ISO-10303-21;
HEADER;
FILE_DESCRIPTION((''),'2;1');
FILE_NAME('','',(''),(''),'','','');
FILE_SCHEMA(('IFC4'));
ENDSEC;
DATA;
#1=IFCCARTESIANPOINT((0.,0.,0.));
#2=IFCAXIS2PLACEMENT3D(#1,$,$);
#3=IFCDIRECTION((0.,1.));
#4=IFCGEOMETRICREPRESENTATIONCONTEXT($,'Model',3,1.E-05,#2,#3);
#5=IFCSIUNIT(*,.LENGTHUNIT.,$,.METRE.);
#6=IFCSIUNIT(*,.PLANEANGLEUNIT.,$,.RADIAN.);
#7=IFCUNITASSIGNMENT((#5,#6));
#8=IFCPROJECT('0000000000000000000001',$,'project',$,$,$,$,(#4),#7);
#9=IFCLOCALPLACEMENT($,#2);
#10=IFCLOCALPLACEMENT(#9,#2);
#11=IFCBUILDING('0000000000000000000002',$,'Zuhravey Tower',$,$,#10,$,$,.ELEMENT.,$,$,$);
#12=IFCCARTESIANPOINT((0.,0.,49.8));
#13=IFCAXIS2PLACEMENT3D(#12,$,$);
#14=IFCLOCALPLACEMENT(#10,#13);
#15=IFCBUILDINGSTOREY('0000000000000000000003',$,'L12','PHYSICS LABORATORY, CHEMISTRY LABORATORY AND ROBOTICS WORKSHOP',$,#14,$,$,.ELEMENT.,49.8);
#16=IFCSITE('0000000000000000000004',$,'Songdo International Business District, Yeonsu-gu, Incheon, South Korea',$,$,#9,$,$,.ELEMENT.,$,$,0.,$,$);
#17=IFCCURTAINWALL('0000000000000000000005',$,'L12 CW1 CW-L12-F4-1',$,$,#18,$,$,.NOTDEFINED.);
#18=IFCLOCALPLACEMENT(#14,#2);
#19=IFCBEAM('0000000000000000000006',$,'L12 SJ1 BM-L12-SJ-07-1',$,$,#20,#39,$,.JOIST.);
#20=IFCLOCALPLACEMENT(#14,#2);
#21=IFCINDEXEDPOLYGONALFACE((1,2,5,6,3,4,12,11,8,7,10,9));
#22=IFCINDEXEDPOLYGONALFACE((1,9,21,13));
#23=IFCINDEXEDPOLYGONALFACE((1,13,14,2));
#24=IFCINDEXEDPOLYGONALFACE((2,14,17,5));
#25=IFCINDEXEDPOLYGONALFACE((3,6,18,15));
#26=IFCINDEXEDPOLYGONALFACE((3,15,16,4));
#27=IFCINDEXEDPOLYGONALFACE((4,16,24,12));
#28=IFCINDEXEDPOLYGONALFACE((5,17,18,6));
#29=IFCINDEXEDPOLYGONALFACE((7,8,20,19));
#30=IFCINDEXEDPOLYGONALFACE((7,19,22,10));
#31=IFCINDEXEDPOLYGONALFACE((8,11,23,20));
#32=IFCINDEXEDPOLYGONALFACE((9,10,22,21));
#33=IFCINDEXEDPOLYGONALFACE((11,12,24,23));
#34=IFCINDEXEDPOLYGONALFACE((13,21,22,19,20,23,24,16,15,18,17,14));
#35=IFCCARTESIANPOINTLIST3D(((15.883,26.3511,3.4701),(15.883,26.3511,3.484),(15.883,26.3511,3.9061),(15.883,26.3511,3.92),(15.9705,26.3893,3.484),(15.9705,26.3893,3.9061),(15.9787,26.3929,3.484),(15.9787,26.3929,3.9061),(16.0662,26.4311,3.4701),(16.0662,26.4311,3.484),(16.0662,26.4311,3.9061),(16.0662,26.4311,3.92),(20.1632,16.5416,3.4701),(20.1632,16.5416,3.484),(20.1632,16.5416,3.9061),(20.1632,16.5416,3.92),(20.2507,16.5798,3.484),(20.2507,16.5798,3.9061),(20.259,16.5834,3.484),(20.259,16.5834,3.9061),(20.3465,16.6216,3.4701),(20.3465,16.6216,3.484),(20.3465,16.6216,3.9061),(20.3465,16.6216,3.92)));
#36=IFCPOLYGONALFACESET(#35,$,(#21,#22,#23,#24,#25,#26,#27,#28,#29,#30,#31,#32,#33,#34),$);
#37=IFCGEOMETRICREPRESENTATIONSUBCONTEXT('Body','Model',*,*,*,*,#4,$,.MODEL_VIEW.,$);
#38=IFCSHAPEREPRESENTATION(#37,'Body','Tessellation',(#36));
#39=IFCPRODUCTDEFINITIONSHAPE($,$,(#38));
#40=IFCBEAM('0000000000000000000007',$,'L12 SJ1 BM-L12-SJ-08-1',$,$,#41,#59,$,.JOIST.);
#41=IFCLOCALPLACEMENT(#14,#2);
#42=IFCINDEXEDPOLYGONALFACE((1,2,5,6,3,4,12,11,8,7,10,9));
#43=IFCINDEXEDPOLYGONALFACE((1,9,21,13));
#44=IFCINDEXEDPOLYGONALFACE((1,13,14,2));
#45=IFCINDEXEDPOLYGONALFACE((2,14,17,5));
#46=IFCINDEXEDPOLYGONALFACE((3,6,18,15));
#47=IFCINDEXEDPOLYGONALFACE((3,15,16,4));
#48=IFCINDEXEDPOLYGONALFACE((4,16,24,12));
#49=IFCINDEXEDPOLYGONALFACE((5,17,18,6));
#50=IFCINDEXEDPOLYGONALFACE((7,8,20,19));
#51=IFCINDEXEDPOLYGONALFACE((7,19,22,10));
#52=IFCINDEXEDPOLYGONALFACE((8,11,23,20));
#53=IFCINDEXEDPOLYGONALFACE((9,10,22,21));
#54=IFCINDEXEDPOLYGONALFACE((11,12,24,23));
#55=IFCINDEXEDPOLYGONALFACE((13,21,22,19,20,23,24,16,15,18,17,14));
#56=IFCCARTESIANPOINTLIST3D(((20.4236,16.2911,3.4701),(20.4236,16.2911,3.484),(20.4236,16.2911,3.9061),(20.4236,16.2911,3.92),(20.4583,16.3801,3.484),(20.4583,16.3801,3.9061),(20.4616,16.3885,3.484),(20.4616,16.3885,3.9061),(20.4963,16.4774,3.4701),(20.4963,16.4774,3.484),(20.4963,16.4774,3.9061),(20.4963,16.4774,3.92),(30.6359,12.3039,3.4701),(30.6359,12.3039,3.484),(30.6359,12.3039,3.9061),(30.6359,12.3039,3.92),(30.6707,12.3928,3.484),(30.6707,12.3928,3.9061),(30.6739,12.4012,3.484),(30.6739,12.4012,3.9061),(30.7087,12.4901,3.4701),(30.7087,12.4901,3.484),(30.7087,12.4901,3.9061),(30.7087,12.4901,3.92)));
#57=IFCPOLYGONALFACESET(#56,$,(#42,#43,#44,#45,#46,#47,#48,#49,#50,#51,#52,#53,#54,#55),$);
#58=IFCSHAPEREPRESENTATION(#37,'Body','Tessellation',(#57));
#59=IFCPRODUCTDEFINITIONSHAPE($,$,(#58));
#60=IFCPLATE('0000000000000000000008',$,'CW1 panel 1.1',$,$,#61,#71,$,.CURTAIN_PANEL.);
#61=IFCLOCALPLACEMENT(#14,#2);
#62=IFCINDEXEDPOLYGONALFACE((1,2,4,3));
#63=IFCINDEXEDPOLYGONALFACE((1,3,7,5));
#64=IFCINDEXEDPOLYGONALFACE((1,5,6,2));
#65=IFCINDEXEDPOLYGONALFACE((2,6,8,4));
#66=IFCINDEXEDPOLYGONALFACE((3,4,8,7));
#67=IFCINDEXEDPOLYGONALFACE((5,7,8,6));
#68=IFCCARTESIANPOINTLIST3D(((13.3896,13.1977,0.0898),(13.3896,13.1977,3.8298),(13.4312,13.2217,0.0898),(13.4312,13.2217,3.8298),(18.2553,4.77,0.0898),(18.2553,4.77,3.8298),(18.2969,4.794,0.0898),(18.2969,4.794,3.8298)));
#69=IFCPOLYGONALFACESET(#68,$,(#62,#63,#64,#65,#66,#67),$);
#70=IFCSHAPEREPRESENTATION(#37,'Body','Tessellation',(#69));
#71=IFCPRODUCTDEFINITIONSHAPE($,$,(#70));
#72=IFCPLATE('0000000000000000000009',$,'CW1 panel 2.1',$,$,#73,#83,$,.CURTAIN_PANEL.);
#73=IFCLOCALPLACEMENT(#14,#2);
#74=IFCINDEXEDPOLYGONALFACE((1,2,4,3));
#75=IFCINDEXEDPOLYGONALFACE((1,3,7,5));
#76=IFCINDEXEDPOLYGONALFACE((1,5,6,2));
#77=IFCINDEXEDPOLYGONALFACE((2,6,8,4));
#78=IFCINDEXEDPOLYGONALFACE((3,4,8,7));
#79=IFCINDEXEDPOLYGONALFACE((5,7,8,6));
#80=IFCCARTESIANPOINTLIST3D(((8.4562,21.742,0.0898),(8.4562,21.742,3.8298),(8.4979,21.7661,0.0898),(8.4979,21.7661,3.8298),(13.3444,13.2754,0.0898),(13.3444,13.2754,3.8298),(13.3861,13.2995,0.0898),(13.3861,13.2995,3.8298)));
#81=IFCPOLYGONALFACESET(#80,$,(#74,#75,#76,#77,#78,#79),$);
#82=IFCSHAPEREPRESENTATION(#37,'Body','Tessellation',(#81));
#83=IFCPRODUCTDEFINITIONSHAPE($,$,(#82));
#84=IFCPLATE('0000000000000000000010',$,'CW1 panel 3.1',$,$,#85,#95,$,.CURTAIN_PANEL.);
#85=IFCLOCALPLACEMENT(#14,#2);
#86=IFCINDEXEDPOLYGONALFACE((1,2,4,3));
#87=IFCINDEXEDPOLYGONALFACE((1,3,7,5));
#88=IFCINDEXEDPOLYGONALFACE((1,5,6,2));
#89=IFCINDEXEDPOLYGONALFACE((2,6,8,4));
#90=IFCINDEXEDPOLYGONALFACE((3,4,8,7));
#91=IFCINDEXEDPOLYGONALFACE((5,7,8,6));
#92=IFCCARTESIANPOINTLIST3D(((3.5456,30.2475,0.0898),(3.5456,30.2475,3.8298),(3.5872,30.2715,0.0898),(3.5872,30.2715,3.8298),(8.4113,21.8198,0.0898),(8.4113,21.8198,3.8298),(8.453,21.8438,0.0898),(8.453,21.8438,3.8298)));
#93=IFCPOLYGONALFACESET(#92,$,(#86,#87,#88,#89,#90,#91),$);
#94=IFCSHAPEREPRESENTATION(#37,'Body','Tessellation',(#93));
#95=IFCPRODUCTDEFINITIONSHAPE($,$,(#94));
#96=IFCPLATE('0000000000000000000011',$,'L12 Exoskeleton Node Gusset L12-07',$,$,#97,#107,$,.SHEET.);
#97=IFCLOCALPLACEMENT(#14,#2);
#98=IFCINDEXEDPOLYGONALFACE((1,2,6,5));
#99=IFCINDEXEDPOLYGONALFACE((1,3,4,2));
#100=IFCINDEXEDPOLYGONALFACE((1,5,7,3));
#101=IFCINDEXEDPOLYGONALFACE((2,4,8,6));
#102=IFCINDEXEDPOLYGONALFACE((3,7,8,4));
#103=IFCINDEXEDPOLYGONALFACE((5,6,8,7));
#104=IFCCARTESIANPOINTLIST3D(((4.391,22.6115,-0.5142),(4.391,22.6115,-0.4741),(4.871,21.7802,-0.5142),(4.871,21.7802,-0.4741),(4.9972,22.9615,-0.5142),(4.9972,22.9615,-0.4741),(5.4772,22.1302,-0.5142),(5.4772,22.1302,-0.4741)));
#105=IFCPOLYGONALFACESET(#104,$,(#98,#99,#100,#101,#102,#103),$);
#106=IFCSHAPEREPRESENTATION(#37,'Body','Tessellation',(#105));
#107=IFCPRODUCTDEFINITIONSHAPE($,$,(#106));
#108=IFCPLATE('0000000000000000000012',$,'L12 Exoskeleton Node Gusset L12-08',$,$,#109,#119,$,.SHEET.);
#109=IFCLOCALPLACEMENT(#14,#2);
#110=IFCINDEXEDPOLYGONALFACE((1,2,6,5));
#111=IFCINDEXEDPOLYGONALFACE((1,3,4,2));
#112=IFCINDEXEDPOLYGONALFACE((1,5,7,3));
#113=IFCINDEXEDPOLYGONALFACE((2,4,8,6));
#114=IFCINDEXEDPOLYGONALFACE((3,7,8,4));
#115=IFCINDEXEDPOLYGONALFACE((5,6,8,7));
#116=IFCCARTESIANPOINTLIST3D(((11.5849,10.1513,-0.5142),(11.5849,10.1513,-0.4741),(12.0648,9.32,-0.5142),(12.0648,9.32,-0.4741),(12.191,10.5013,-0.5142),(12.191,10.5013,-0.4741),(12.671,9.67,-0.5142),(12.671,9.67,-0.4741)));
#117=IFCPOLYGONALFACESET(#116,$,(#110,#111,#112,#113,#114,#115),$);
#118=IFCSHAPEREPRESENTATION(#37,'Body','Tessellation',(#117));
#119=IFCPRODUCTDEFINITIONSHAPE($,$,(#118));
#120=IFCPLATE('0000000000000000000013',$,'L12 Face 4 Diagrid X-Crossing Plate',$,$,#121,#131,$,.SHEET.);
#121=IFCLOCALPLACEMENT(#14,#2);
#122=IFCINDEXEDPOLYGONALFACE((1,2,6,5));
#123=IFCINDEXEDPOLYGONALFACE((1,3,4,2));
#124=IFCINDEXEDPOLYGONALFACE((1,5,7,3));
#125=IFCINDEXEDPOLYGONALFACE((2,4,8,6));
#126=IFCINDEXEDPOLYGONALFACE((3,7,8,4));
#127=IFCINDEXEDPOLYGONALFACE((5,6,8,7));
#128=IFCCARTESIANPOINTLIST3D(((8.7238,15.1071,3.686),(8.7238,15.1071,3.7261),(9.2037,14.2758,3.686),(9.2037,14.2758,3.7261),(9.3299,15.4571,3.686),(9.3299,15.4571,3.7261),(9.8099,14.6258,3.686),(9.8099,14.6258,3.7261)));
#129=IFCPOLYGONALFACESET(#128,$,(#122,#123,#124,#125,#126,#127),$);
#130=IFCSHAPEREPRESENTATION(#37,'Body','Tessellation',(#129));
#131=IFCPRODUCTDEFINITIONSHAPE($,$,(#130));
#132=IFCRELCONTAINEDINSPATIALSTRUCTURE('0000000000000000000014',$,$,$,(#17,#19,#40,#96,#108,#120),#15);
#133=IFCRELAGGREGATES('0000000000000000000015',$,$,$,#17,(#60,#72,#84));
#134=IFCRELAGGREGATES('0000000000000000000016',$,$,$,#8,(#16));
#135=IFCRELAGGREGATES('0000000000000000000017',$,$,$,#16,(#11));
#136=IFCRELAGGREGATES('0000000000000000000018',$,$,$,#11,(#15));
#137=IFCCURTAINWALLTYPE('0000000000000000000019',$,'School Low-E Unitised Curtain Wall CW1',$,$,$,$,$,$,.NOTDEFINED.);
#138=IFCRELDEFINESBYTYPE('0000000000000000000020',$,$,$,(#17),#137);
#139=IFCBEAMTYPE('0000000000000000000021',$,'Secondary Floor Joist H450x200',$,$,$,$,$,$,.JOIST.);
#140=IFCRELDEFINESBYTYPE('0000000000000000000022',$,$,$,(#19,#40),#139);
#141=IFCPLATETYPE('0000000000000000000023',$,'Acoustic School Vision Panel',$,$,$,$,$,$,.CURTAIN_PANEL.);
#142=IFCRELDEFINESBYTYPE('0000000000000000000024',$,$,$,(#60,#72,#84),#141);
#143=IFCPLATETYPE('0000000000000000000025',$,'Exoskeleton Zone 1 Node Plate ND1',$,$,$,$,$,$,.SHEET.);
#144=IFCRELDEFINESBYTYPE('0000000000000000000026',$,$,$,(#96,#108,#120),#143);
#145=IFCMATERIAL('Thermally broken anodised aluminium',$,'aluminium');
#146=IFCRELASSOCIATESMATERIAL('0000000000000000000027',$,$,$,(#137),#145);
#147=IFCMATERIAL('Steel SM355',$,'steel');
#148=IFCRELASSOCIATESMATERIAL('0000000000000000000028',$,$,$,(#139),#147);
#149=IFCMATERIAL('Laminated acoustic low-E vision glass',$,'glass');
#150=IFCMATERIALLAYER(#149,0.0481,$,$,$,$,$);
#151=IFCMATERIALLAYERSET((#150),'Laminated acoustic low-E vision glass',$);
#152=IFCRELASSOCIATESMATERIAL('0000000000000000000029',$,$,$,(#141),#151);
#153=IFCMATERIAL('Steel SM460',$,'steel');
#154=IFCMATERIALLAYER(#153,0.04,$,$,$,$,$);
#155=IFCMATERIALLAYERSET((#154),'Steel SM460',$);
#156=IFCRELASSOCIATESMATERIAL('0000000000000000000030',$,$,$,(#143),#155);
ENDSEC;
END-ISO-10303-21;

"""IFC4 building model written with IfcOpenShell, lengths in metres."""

from ifc_helpers import new_model, si_unit, direction, frame, origin, origin_2d, place, context, subcontext, project, spatial, rectangle, i_section, extrude, material, layer, layer_set, material_profile, profile_set, type_object, element, aggregate, save


model = new_model("IFC4")

# Units and contexts
model_context = context("Model", 3, precision=1e-05, world=origin(), true_north=direction((0.0, 1.0)))
body_context = subcontext(model_context, "Body", "Model", "MODEL_VIEW")
ifc_project = project(units=[si_unit("LENGTHUNIT", "METRE"), si_unit("PLANEANGLEUNIT", "RADIAN")], contexts=[model_context])

# Site, building, storey
site_placement = place(None, origin())
site = spatial("IfcSite", under=ifc_project, at=site_placement, Name="Songdo International Business District, Yeonsu-gu, Incheon, South Korea", CompositionType="ELEMENT", RefElevation=0.0)
building_placement = place(site_placement, origin())
building = spatial("IfcBuilding", under=site, at=building_placement, Name="Zuhravey Tower", CompositionType="ELEMENT")
storey_placement = place(building_placement, frame((0.0, 0.0, 49.8)))
storey = spatial("IfcBuildingStorey", under=building, at=storey_placement, Name="L12", Description="PHYSICS LABORATORY, CHEMISTRY LABORATORY AND ROBOTICS WORKSHOP", CompositionType="ELEMENT", Elevation=49.8)

# Shared definitions
ifc_material_1 = material(Name="Thermally broken anodised aluminium", Category="aluminium")
curtain_wall_type = type_object("IfcCurtainWallType", Name="School Low-E Unitised Curtain Wall CW1", PredefinedType="NOTDEFINED", material=ifc_material_1)

# Curtain wall
curtain_wall_1_placement = place(storey_placement, origin())
curtain_wall_1 = element("IfcCurtainWall", 1, at=curtain_wall_1_placement, inside=storey, type_object=curtain_wall_type, Name="L12 CW1 CW-L12-F4-1", PredefinedType="NOTDEFINED")

# Shared definitions
ifc_material_2 = material(Name="Steel SM355", Category="steel")
ifc_material_3 = material(Name="Steel SM460", Category="steel")

# Beams
ifc_material_profile_1 = material_profile(ifc_material_2, i_section(OverallWidth=0.2, OverallDepth=0.45, WebThickness=0.009, FlangeThickness=0.0139, at=origin_2d()), Name="H-450x200x9x14")
ifc_profile_set_1 = profile_set([ifc_material_profile_1], Name="Steel SM355")
beam_type_1 = type_object("IfcBeamType", Name="Secondary Floor Joist H450x200", PredefinedType="JOIST", material=ifc_profile_set_1)
beam_1_placement = place(storey_placement, frame((15.9746, 26.3911, 3.6951), z_axis=(0.399924, -0.916549, 0.0), x_axis=(0.916549, 0.399924, 0.0)))
element("IfcBeam", 2, at=beam_1_placement, inside=storey, type_object=beam_type_1, Name="L12 SJ1 BM-L12-SJ-07-1", PredefinedType="JOIST", context=body_context, shape_type="SweptSolid", body=[
    extrude(i_section(OverallWidth=0.2, OverallDepth=0.45, WebThickness=0.009, FlangeThickness=0.0139, at=origin_2d()), origin(), (0.0, 0.0, 1.0), 10.7026),
])
beam_2_placement = place(storey_placement, frame((20.46, 16.3843, 3.6951), z_axis=(0.931517, -0.363699, 0.0), x_axis=(0.363699, 0.931517, 0.0)))
element("IfcBeam", 3, at=beam_2_placement, inside=storey, type_object=beam_type_1, Name="L12 SJ1 BM-L12-SJ-08-1", PredefinedType="JOIST", context=body_context, shape_type="SweptSolid", body=[
    extrude(i_section(OverallWidth=0.2, OverallDepth=0.45, WebThickness=0.009, FlangeThickness=0.0139, at=origin_2d()), origin(), (0.0, 0.0, 1.0), 10.9631),
])

# Plates
ifc_material_4 = material(Name="Laminated acoustic low-E vision glass", Category="glass")
ifc_layer_1 = layer(ifc_material_4, 0.0481)
ifc_layer_set_1 = layer_set([ifc_layer_1], Name="Laminated acoustic low-E vision glass")
plate_type_1 = type_object("IfcPlateType", Name="Acoustic School Vision Panel", PredefinedType="CURTAIN_PANEL", material=ifc_layer_set_1)
plate_1_placement = place(storey_placement, frame((15.8433, 8.9958, 0.0898), z_axis=(0.0, 0.0, 1.0), x_axis=(-0.5, 0.866026, 0.0)))
plate_1 = element("IfcPlate", 4, at=plate_1_placement, type_object=plate_type_1, Name="CW1 panel 1.1", PredefinedType="CURTAIN_PANEL", context=body_context, shape_type="SweptSolid", body=[
    extrude(rectangle(XDim=9.7314, YDim=0.0481, at=origin_2d()), origin(), (0.0, 0.0, 1.0), 3.74),
])
plate_2_placement = place(storey_placement, frame((10.9211, 17.5208, 0.0898), z_axis=(0.0, 0.0, 1.0), x_axis=(-0.5, 0.866026, 0.0)))
plate_2 = element("IfcPlate", 5, at=plate_2_placement, type_object=plate_type_1, Name="CW1 panel 2.1", PredefinedType="CURTAIN_PANEL", context=body_context, shape_type="SweptSolid", body=[
    extrude(rectangle(XDim=9.7764, YDim=0.0481, at=origin_2d()), origin(), (0.0, 0.0, 1.0), 3.74),
])
plate_3_placement = place(storey_placement, frame((5.9993, 26.0457, 0.0898), z_axis=(0.0, 0.0, 1.0), x_axis=(-0.5, 0.866026, 0.0)))
plate_3 = element("IfcPlate", 6, at=plate_3_placement, type_object=plate_type_1, Name="CW1 panel 3.1", PredefinedType="CURTAIN_PANEL", context=body_context, shape_type="SweptSolid", body=[
    extrude(rectangle(XDim=9.7314, YDim=0.0481, at=origin_2d()), origin(), (0.0, 0.0, 1.0), 3.74),
])
aggregate(curtain_wall_1, [plate_1, plate_2, plate_3])

# Plates
ifc_layer_2 = layer(ifc_material_3, 0.04)
ifc_layer_set_2 = layer_set([ifc_layer_2], Name="Steel SM460")
plate_type_2 = type_object("IfcPlateType", Name="Exoskeleton Zone 1 Node Plate ND1", PredefinedType="SHEET", material=ifc_layer_set_2)
for number, where, z_axis, x_axis, name in (
    (7, (4.9341, 22.3708, -0.5142), (0.0, 0.0, 1.0), (0.5, -0.866025, 0.0), "L12 Exoskeleton Node Gusset L12-07"),
    (8, (12.1279, 9.9106, -0.5142), (0.0, 0.0, 1.0), (0.5, -0.866025, 0.0), "L12 Exoskeleton Node Gusset L12-08"),
    (9, (9.2668, 14.8665, 3.686), (0.0, 0.0, 1.0), (0.5, -0.866025, 0.0), "L12 Face 4 Diagrid X-Crossing Plate"),
):
    element("IfcPlate", number, at=place(storey_placement, frame(where, z_axis=z_axis, x_axis=x_axis)), inside=storey, type_object=plate_type_2, Name=name, PredefinedType="SHEET", context=body_context, shape_type="SweptSolid", body=[
        extrude(rectangle(XDim=0.96, YDim=0.7, at=origin_2d()), origin(), (0.0, 0.0, 1.0), 0.04),
    ])

save(model, "model.ifc")
